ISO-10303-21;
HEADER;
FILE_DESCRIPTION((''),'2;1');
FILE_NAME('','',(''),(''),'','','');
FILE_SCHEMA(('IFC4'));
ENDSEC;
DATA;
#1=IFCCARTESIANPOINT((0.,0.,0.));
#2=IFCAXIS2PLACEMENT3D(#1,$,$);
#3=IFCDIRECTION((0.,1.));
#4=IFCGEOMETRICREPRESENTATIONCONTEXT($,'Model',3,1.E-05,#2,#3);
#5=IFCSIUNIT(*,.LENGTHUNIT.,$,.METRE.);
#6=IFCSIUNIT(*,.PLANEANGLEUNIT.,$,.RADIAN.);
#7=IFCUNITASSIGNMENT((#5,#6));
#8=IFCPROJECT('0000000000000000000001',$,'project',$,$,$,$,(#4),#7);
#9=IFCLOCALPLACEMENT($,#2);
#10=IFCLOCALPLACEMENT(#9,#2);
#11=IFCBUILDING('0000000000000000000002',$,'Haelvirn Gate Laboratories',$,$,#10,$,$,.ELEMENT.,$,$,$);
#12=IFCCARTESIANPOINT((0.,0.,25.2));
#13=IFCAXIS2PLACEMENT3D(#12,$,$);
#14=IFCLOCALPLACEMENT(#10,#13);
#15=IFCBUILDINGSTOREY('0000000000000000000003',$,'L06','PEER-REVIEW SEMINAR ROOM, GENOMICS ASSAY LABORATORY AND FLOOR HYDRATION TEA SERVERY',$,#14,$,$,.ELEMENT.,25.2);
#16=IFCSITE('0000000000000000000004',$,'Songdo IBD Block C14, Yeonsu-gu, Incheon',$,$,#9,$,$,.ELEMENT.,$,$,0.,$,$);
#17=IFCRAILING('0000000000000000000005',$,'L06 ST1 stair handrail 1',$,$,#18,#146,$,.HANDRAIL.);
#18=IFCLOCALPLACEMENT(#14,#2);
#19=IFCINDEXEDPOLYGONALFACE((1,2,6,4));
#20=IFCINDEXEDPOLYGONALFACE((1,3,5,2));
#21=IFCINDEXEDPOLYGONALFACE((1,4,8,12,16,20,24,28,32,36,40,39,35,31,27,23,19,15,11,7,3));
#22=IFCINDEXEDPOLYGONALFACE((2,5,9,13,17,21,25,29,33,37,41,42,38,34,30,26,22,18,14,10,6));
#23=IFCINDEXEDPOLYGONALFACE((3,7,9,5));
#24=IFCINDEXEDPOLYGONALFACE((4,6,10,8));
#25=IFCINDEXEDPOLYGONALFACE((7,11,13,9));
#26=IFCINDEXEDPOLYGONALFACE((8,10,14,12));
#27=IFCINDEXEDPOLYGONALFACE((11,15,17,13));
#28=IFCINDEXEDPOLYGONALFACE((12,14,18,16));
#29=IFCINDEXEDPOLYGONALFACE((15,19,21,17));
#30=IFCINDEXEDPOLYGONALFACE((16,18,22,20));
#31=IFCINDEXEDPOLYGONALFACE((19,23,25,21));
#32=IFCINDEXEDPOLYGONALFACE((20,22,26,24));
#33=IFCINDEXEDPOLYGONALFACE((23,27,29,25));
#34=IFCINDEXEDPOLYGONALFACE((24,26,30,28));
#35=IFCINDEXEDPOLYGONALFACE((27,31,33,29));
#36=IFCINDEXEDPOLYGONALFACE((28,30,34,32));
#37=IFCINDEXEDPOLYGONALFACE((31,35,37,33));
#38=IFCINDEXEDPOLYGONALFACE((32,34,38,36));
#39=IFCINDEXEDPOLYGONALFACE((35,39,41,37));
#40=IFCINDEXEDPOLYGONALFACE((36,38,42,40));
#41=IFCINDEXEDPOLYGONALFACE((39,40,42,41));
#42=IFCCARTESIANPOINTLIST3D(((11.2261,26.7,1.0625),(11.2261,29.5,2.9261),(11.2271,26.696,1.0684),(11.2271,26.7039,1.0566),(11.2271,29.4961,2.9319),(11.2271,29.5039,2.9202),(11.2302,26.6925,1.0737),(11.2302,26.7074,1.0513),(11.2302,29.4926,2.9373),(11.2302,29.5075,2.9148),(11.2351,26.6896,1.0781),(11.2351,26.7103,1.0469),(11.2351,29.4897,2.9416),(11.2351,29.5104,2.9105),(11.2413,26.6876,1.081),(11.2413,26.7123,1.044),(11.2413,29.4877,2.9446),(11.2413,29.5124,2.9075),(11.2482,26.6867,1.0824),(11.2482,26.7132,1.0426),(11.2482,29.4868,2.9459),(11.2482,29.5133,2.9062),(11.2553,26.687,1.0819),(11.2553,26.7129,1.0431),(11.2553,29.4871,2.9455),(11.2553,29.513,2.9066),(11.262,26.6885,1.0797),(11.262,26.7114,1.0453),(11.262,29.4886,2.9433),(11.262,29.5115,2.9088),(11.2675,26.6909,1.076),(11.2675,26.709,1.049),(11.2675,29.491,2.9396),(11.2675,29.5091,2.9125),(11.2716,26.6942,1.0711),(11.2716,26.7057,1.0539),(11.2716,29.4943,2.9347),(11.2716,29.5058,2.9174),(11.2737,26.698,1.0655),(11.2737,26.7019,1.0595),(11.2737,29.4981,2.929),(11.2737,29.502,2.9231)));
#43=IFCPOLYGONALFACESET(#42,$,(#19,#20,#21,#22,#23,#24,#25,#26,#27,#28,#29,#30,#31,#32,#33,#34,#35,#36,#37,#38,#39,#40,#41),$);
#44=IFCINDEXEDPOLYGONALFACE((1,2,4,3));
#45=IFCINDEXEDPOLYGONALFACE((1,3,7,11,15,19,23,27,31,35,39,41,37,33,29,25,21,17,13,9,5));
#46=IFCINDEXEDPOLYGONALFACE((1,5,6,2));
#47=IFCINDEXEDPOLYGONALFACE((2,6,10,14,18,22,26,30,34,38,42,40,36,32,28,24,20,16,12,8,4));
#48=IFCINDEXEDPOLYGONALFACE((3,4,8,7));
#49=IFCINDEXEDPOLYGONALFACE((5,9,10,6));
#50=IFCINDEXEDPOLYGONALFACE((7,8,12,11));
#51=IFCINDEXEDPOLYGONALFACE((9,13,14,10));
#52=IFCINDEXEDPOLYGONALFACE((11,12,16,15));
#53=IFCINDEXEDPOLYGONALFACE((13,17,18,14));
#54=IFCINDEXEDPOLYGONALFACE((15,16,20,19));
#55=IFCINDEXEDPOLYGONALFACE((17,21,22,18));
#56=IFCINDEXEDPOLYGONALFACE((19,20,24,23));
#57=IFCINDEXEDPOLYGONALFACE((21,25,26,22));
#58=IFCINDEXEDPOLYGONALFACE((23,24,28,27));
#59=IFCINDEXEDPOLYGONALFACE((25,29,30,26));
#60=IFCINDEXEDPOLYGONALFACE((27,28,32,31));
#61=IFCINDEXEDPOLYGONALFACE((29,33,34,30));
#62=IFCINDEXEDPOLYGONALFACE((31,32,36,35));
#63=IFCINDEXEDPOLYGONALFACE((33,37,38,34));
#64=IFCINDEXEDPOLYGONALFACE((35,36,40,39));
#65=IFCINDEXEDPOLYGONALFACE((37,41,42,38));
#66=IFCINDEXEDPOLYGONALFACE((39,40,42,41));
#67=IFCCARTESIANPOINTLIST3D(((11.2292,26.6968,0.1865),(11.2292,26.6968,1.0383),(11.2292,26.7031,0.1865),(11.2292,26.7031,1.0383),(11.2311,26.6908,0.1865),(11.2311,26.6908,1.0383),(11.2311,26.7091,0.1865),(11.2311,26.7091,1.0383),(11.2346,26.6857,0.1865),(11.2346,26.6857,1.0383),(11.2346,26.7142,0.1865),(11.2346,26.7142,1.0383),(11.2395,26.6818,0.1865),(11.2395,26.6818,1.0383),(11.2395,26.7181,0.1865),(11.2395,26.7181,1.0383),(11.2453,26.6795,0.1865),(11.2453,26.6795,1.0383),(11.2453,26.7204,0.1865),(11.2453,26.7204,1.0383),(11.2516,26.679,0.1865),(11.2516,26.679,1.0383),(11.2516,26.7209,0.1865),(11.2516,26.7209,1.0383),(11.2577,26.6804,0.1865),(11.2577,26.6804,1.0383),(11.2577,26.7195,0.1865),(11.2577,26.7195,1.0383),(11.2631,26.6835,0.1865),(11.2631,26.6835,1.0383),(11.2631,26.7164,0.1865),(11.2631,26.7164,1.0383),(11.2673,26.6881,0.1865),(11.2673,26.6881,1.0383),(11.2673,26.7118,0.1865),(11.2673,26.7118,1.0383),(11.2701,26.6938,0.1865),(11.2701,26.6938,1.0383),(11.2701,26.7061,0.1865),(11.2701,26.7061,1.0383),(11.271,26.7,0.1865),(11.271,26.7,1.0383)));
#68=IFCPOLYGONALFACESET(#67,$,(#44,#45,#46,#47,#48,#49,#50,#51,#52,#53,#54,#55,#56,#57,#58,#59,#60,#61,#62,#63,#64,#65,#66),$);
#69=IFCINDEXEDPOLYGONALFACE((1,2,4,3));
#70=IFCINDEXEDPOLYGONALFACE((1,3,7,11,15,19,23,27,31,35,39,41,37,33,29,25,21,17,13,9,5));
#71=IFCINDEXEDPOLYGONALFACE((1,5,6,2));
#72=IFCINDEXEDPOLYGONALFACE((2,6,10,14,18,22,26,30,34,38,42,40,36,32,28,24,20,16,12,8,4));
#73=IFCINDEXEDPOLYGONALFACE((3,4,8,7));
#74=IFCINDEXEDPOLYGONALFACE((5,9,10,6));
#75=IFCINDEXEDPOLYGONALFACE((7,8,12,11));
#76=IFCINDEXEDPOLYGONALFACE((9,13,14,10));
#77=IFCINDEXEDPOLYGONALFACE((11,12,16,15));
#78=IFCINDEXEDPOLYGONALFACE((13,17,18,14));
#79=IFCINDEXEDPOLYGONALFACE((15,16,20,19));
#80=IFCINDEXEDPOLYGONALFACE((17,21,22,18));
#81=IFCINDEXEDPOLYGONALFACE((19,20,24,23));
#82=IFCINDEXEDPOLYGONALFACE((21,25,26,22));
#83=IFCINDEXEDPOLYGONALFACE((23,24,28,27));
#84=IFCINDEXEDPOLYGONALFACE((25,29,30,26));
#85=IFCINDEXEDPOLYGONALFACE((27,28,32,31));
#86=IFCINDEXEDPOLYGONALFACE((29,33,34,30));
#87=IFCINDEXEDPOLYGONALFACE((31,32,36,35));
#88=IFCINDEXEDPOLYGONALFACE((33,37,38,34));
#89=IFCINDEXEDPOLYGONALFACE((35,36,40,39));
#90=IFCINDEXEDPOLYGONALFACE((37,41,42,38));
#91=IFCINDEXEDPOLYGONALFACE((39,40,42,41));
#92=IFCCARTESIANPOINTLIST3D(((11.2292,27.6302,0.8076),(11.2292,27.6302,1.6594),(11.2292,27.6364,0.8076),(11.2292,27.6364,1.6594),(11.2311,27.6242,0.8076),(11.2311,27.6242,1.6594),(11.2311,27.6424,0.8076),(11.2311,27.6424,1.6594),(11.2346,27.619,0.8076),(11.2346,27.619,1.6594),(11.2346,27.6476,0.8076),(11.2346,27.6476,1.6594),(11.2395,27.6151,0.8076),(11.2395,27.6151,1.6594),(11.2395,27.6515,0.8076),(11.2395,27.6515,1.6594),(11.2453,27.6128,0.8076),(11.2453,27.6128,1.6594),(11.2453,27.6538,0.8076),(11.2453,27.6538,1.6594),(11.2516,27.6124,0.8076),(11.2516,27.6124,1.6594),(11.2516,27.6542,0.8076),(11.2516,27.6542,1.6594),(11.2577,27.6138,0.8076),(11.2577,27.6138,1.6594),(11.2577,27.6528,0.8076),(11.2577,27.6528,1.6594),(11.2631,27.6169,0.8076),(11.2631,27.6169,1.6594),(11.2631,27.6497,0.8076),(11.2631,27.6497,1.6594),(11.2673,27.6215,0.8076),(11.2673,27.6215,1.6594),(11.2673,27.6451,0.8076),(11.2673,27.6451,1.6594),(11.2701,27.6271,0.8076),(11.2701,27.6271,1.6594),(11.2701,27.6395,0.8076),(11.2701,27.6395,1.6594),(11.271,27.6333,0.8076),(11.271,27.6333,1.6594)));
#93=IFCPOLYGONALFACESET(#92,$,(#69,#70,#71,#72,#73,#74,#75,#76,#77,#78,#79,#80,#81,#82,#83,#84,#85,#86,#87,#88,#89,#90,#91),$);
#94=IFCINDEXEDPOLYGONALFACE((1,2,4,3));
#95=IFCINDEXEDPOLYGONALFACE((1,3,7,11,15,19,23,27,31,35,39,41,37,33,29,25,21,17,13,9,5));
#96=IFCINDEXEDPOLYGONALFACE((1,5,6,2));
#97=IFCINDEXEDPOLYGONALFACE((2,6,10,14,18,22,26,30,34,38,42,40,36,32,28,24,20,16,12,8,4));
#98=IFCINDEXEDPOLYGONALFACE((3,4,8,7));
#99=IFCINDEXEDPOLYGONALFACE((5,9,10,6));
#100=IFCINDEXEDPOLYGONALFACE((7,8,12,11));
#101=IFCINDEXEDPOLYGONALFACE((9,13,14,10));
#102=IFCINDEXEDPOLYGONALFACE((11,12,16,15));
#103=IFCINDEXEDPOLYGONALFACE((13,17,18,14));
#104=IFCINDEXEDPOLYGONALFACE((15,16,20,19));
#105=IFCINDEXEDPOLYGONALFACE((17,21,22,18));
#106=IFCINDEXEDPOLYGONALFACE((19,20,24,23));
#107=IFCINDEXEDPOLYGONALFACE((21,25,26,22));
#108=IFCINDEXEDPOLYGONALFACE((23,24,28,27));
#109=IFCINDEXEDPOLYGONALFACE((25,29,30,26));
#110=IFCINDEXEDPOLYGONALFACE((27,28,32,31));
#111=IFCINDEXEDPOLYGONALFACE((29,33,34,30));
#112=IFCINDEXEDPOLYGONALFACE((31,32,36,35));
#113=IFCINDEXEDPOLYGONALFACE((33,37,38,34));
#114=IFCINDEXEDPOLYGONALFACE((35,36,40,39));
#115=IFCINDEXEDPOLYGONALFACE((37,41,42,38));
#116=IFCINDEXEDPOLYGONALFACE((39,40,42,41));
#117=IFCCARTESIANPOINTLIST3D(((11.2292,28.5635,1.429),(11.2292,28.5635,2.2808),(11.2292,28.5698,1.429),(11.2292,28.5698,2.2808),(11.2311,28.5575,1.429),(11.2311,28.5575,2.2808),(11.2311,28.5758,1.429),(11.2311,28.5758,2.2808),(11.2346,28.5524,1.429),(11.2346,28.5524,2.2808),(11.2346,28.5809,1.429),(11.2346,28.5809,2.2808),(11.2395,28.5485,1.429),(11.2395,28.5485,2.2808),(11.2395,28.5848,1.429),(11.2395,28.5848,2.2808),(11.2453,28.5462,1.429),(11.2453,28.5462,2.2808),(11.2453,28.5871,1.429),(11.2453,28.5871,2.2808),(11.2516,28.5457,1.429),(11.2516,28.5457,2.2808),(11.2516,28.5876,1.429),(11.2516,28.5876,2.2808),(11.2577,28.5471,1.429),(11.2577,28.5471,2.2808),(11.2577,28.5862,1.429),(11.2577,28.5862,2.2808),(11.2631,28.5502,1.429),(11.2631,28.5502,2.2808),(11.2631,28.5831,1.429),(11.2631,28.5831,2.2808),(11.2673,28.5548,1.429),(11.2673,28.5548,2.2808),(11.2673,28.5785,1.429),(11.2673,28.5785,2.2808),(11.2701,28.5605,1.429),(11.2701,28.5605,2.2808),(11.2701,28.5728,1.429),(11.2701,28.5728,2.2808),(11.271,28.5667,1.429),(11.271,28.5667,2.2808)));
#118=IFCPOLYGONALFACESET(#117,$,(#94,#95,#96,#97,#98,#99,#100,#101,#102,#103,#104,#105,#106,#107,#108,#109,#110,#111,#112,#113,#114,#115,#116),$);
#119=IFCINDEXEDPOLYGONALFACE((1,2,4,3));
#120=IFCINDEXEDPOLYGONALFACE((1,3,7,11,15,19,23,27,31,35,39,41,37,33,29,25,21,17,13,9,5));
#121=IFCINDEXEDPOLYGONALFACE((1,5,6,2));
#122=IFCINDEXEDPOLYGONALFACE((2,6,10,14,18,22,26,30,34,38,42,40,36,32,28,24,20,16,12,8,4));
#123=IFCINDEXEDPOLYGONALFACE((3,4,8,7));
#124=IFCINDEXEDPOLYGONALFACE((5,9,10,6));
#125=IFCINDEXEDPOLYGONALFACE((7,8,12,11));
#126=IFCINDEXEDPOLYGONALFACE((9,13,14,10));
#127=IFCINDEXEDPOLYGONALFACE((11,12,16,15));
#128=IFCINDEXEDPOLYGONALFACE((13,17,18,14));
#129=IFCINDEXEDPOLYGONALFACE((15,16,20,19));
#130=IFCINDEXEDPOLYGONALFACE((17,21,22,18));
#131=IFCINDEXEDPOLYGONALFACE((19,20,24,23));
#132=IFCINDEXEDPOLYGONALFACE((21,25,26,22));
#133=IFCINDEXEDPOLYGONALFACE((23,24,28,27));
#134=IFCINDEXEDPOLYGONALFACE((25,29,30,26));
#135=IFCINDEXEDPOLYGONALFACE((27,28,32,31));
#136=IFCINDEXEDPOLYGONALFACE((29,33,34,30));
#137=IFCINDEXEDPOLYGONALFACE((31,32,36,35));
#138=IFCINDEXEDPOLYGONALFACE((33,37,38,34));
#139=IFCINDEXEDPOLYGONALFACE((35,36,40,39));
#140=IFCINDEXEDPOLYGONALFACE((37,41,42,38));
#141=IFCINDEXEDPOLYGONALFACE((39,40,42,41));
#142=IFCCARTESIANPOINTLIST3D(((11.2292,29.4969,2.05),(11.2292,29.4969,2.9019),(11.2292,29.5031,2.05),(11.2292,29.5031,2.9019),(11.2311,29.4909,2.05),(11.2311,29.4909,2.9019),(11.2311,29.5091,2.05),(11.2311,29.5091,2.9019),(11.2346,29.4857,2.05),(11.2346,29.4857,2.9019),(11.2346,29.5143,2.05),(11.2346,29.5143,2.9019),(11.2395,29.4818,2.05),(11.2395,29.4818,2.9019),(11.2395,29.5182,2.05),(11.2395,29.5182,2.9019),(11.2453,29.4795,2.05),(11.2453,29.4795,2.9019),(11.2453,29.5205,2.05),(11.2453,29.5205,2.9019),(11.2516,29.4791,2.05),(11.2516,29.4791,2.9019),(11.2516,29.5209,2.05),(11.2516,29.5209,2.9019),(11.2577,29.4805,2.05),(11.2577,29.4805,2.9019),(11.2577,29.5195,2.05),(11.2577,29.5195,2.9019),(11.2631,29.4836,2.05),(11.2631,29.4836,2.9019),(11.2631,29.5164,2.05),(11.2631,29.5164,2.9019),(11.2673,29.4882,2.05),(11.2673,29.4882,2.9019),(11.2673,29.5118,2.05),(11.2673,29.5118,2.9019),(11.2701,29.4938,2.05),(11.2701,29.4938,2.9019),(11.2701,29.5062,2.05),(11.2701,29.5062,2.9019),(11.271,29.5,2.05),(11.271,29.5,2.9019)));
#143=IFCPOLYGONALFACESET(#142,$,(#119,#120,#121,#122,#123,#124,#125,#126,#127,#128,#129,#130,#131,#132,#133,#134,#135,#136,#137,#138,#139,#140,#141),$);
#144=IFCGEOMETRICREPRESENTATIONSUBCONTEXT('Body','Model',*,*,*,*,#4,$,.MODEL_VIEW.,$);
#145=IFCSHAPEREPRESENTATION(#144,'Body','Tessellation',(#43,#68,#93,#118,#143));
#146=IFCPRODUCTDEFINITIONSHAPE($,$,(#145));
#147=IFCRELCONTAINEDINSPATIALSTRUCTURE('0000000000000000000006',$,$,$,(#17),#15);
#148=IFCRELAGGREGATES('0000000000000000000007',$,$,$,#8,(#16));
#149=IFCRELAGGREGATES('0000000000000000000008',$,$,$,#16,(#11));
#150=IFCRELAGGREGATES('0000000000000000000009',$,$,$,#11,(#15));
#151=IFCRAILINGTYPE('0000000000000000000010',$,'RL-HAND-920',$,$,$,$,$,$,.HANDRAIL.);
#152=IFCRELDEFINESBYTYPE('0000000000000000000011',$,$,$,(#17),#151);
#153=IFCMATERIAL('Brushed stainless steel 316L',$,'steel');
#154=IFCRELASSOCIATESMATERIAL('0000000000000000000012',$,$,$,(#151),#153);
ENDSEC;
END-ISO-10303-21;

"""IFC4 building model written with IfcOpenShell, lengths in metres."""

from ifc_helpers import new_model, si_unit, direction, frame, origin, origin_2d, place, context, subcontext, project, spatial, circle, extrude, source, transform, mapped, material, type_object, type_shapes, element, save


model = new_model("IFC4")

# Units and contexts
model_context = context("Model", 3, precision=1e-05, world=origin(), true_north=direction((0.0, 1.0)))
body_context = subcontext(model_context, "Body", "Model", "MODEL_VIEW")
ifc_project = project(units=[si_unit("LENGTHUNIT", "METRE"), si_unit("PLANEANGLEUNIT", "RADIAN")], contexts=[model_context])

# Site, building, storey
site_placement = place(None, origin())
site = spatial("IfcSite", under=ifc_project, at=site_placement, Name="Songdo IBD Block C14, Yeonsu-gu, Incheon", CompositionType="ELEMENT", RefElevation=0.0)
building_placement = place(site_placement, origin())
building = spatial("IfcBuilding", under=site, at=building_placement, Name="Haelvirn Gate Laboratories", CompositionType="ELEMENT")
storey_placement = place(building_placement, frame((0.0, 0.0, 25.2)))
storey = spatial("IfcBuildingStorey", under=building, at=storey_placement, Name="L06", Description="PEER-REVIEW SEMINAR ROOM, GENOMICS ASSAY LABORATORY AND FLOOR HYDRATION TEA SERVERY", CompositionType="ELEMENT", Elevation=25.2)

# Railing
ifc_material_1 = material(Name="Brushed stainless steel 316L", Category="steel")
railing_type = type_object("IfcRailingType", Name="RL-HAND-920", PredefinedType="HANDRAIL", material=ifc_material_1)
shared_shape_1 = source(origin(), body_context, "Body", "SweptSolid", [
    extrude(circle(Radius=0.0239, at=origin_2d()), frame((0.0, 0.0, 0.876), z_axis=(0.0, 0.832486, 0.554047), x_axis=(-1.0, 0.0, 0.0)), (0.0, 0.0, 1.0), 3.3635),
    extrude(circle(Radius=0.021, at=origin_2d()), origin(), (0.0, 0.0, 1.0), 0.8518),
    extrude(circle(Radius=0.021, at=origin_2d()), frame((0.0, 0.9333, 0.6211)), (0.0, 0.0, 1.0), 0.8518),
    extrude(circle(Radius=0.021, at=origin_2d()), frame((0.0, 1.8667, 1.2424)), (0.0, 0.0, 1.0), 0.8518),
    extrude(circle(Radius=0.021, at=origin_2d()), frame((0.0, 2.8, 1.8635)), (0.0, 0.0, 1.0), 0.8518),
])
type_shapes(railing_type, [shared_shape_1])
railing_placement = place(storey_placement, frame((11.25, 26.7, 0.1865)))
element("IfcRailing", 1, at=railing_placement, inside=storey, type_object=railing_type, Name="L06 ST1 stair handrail 1", PredefinedType="HANDRAIL", context=body_context, shape_type="MappedRepresentation", body=[
    mapped(shared_shape_1, transform((0.0, 0.0, 0.0), scale=1.0)),
])

save(model, "model.ifc")
